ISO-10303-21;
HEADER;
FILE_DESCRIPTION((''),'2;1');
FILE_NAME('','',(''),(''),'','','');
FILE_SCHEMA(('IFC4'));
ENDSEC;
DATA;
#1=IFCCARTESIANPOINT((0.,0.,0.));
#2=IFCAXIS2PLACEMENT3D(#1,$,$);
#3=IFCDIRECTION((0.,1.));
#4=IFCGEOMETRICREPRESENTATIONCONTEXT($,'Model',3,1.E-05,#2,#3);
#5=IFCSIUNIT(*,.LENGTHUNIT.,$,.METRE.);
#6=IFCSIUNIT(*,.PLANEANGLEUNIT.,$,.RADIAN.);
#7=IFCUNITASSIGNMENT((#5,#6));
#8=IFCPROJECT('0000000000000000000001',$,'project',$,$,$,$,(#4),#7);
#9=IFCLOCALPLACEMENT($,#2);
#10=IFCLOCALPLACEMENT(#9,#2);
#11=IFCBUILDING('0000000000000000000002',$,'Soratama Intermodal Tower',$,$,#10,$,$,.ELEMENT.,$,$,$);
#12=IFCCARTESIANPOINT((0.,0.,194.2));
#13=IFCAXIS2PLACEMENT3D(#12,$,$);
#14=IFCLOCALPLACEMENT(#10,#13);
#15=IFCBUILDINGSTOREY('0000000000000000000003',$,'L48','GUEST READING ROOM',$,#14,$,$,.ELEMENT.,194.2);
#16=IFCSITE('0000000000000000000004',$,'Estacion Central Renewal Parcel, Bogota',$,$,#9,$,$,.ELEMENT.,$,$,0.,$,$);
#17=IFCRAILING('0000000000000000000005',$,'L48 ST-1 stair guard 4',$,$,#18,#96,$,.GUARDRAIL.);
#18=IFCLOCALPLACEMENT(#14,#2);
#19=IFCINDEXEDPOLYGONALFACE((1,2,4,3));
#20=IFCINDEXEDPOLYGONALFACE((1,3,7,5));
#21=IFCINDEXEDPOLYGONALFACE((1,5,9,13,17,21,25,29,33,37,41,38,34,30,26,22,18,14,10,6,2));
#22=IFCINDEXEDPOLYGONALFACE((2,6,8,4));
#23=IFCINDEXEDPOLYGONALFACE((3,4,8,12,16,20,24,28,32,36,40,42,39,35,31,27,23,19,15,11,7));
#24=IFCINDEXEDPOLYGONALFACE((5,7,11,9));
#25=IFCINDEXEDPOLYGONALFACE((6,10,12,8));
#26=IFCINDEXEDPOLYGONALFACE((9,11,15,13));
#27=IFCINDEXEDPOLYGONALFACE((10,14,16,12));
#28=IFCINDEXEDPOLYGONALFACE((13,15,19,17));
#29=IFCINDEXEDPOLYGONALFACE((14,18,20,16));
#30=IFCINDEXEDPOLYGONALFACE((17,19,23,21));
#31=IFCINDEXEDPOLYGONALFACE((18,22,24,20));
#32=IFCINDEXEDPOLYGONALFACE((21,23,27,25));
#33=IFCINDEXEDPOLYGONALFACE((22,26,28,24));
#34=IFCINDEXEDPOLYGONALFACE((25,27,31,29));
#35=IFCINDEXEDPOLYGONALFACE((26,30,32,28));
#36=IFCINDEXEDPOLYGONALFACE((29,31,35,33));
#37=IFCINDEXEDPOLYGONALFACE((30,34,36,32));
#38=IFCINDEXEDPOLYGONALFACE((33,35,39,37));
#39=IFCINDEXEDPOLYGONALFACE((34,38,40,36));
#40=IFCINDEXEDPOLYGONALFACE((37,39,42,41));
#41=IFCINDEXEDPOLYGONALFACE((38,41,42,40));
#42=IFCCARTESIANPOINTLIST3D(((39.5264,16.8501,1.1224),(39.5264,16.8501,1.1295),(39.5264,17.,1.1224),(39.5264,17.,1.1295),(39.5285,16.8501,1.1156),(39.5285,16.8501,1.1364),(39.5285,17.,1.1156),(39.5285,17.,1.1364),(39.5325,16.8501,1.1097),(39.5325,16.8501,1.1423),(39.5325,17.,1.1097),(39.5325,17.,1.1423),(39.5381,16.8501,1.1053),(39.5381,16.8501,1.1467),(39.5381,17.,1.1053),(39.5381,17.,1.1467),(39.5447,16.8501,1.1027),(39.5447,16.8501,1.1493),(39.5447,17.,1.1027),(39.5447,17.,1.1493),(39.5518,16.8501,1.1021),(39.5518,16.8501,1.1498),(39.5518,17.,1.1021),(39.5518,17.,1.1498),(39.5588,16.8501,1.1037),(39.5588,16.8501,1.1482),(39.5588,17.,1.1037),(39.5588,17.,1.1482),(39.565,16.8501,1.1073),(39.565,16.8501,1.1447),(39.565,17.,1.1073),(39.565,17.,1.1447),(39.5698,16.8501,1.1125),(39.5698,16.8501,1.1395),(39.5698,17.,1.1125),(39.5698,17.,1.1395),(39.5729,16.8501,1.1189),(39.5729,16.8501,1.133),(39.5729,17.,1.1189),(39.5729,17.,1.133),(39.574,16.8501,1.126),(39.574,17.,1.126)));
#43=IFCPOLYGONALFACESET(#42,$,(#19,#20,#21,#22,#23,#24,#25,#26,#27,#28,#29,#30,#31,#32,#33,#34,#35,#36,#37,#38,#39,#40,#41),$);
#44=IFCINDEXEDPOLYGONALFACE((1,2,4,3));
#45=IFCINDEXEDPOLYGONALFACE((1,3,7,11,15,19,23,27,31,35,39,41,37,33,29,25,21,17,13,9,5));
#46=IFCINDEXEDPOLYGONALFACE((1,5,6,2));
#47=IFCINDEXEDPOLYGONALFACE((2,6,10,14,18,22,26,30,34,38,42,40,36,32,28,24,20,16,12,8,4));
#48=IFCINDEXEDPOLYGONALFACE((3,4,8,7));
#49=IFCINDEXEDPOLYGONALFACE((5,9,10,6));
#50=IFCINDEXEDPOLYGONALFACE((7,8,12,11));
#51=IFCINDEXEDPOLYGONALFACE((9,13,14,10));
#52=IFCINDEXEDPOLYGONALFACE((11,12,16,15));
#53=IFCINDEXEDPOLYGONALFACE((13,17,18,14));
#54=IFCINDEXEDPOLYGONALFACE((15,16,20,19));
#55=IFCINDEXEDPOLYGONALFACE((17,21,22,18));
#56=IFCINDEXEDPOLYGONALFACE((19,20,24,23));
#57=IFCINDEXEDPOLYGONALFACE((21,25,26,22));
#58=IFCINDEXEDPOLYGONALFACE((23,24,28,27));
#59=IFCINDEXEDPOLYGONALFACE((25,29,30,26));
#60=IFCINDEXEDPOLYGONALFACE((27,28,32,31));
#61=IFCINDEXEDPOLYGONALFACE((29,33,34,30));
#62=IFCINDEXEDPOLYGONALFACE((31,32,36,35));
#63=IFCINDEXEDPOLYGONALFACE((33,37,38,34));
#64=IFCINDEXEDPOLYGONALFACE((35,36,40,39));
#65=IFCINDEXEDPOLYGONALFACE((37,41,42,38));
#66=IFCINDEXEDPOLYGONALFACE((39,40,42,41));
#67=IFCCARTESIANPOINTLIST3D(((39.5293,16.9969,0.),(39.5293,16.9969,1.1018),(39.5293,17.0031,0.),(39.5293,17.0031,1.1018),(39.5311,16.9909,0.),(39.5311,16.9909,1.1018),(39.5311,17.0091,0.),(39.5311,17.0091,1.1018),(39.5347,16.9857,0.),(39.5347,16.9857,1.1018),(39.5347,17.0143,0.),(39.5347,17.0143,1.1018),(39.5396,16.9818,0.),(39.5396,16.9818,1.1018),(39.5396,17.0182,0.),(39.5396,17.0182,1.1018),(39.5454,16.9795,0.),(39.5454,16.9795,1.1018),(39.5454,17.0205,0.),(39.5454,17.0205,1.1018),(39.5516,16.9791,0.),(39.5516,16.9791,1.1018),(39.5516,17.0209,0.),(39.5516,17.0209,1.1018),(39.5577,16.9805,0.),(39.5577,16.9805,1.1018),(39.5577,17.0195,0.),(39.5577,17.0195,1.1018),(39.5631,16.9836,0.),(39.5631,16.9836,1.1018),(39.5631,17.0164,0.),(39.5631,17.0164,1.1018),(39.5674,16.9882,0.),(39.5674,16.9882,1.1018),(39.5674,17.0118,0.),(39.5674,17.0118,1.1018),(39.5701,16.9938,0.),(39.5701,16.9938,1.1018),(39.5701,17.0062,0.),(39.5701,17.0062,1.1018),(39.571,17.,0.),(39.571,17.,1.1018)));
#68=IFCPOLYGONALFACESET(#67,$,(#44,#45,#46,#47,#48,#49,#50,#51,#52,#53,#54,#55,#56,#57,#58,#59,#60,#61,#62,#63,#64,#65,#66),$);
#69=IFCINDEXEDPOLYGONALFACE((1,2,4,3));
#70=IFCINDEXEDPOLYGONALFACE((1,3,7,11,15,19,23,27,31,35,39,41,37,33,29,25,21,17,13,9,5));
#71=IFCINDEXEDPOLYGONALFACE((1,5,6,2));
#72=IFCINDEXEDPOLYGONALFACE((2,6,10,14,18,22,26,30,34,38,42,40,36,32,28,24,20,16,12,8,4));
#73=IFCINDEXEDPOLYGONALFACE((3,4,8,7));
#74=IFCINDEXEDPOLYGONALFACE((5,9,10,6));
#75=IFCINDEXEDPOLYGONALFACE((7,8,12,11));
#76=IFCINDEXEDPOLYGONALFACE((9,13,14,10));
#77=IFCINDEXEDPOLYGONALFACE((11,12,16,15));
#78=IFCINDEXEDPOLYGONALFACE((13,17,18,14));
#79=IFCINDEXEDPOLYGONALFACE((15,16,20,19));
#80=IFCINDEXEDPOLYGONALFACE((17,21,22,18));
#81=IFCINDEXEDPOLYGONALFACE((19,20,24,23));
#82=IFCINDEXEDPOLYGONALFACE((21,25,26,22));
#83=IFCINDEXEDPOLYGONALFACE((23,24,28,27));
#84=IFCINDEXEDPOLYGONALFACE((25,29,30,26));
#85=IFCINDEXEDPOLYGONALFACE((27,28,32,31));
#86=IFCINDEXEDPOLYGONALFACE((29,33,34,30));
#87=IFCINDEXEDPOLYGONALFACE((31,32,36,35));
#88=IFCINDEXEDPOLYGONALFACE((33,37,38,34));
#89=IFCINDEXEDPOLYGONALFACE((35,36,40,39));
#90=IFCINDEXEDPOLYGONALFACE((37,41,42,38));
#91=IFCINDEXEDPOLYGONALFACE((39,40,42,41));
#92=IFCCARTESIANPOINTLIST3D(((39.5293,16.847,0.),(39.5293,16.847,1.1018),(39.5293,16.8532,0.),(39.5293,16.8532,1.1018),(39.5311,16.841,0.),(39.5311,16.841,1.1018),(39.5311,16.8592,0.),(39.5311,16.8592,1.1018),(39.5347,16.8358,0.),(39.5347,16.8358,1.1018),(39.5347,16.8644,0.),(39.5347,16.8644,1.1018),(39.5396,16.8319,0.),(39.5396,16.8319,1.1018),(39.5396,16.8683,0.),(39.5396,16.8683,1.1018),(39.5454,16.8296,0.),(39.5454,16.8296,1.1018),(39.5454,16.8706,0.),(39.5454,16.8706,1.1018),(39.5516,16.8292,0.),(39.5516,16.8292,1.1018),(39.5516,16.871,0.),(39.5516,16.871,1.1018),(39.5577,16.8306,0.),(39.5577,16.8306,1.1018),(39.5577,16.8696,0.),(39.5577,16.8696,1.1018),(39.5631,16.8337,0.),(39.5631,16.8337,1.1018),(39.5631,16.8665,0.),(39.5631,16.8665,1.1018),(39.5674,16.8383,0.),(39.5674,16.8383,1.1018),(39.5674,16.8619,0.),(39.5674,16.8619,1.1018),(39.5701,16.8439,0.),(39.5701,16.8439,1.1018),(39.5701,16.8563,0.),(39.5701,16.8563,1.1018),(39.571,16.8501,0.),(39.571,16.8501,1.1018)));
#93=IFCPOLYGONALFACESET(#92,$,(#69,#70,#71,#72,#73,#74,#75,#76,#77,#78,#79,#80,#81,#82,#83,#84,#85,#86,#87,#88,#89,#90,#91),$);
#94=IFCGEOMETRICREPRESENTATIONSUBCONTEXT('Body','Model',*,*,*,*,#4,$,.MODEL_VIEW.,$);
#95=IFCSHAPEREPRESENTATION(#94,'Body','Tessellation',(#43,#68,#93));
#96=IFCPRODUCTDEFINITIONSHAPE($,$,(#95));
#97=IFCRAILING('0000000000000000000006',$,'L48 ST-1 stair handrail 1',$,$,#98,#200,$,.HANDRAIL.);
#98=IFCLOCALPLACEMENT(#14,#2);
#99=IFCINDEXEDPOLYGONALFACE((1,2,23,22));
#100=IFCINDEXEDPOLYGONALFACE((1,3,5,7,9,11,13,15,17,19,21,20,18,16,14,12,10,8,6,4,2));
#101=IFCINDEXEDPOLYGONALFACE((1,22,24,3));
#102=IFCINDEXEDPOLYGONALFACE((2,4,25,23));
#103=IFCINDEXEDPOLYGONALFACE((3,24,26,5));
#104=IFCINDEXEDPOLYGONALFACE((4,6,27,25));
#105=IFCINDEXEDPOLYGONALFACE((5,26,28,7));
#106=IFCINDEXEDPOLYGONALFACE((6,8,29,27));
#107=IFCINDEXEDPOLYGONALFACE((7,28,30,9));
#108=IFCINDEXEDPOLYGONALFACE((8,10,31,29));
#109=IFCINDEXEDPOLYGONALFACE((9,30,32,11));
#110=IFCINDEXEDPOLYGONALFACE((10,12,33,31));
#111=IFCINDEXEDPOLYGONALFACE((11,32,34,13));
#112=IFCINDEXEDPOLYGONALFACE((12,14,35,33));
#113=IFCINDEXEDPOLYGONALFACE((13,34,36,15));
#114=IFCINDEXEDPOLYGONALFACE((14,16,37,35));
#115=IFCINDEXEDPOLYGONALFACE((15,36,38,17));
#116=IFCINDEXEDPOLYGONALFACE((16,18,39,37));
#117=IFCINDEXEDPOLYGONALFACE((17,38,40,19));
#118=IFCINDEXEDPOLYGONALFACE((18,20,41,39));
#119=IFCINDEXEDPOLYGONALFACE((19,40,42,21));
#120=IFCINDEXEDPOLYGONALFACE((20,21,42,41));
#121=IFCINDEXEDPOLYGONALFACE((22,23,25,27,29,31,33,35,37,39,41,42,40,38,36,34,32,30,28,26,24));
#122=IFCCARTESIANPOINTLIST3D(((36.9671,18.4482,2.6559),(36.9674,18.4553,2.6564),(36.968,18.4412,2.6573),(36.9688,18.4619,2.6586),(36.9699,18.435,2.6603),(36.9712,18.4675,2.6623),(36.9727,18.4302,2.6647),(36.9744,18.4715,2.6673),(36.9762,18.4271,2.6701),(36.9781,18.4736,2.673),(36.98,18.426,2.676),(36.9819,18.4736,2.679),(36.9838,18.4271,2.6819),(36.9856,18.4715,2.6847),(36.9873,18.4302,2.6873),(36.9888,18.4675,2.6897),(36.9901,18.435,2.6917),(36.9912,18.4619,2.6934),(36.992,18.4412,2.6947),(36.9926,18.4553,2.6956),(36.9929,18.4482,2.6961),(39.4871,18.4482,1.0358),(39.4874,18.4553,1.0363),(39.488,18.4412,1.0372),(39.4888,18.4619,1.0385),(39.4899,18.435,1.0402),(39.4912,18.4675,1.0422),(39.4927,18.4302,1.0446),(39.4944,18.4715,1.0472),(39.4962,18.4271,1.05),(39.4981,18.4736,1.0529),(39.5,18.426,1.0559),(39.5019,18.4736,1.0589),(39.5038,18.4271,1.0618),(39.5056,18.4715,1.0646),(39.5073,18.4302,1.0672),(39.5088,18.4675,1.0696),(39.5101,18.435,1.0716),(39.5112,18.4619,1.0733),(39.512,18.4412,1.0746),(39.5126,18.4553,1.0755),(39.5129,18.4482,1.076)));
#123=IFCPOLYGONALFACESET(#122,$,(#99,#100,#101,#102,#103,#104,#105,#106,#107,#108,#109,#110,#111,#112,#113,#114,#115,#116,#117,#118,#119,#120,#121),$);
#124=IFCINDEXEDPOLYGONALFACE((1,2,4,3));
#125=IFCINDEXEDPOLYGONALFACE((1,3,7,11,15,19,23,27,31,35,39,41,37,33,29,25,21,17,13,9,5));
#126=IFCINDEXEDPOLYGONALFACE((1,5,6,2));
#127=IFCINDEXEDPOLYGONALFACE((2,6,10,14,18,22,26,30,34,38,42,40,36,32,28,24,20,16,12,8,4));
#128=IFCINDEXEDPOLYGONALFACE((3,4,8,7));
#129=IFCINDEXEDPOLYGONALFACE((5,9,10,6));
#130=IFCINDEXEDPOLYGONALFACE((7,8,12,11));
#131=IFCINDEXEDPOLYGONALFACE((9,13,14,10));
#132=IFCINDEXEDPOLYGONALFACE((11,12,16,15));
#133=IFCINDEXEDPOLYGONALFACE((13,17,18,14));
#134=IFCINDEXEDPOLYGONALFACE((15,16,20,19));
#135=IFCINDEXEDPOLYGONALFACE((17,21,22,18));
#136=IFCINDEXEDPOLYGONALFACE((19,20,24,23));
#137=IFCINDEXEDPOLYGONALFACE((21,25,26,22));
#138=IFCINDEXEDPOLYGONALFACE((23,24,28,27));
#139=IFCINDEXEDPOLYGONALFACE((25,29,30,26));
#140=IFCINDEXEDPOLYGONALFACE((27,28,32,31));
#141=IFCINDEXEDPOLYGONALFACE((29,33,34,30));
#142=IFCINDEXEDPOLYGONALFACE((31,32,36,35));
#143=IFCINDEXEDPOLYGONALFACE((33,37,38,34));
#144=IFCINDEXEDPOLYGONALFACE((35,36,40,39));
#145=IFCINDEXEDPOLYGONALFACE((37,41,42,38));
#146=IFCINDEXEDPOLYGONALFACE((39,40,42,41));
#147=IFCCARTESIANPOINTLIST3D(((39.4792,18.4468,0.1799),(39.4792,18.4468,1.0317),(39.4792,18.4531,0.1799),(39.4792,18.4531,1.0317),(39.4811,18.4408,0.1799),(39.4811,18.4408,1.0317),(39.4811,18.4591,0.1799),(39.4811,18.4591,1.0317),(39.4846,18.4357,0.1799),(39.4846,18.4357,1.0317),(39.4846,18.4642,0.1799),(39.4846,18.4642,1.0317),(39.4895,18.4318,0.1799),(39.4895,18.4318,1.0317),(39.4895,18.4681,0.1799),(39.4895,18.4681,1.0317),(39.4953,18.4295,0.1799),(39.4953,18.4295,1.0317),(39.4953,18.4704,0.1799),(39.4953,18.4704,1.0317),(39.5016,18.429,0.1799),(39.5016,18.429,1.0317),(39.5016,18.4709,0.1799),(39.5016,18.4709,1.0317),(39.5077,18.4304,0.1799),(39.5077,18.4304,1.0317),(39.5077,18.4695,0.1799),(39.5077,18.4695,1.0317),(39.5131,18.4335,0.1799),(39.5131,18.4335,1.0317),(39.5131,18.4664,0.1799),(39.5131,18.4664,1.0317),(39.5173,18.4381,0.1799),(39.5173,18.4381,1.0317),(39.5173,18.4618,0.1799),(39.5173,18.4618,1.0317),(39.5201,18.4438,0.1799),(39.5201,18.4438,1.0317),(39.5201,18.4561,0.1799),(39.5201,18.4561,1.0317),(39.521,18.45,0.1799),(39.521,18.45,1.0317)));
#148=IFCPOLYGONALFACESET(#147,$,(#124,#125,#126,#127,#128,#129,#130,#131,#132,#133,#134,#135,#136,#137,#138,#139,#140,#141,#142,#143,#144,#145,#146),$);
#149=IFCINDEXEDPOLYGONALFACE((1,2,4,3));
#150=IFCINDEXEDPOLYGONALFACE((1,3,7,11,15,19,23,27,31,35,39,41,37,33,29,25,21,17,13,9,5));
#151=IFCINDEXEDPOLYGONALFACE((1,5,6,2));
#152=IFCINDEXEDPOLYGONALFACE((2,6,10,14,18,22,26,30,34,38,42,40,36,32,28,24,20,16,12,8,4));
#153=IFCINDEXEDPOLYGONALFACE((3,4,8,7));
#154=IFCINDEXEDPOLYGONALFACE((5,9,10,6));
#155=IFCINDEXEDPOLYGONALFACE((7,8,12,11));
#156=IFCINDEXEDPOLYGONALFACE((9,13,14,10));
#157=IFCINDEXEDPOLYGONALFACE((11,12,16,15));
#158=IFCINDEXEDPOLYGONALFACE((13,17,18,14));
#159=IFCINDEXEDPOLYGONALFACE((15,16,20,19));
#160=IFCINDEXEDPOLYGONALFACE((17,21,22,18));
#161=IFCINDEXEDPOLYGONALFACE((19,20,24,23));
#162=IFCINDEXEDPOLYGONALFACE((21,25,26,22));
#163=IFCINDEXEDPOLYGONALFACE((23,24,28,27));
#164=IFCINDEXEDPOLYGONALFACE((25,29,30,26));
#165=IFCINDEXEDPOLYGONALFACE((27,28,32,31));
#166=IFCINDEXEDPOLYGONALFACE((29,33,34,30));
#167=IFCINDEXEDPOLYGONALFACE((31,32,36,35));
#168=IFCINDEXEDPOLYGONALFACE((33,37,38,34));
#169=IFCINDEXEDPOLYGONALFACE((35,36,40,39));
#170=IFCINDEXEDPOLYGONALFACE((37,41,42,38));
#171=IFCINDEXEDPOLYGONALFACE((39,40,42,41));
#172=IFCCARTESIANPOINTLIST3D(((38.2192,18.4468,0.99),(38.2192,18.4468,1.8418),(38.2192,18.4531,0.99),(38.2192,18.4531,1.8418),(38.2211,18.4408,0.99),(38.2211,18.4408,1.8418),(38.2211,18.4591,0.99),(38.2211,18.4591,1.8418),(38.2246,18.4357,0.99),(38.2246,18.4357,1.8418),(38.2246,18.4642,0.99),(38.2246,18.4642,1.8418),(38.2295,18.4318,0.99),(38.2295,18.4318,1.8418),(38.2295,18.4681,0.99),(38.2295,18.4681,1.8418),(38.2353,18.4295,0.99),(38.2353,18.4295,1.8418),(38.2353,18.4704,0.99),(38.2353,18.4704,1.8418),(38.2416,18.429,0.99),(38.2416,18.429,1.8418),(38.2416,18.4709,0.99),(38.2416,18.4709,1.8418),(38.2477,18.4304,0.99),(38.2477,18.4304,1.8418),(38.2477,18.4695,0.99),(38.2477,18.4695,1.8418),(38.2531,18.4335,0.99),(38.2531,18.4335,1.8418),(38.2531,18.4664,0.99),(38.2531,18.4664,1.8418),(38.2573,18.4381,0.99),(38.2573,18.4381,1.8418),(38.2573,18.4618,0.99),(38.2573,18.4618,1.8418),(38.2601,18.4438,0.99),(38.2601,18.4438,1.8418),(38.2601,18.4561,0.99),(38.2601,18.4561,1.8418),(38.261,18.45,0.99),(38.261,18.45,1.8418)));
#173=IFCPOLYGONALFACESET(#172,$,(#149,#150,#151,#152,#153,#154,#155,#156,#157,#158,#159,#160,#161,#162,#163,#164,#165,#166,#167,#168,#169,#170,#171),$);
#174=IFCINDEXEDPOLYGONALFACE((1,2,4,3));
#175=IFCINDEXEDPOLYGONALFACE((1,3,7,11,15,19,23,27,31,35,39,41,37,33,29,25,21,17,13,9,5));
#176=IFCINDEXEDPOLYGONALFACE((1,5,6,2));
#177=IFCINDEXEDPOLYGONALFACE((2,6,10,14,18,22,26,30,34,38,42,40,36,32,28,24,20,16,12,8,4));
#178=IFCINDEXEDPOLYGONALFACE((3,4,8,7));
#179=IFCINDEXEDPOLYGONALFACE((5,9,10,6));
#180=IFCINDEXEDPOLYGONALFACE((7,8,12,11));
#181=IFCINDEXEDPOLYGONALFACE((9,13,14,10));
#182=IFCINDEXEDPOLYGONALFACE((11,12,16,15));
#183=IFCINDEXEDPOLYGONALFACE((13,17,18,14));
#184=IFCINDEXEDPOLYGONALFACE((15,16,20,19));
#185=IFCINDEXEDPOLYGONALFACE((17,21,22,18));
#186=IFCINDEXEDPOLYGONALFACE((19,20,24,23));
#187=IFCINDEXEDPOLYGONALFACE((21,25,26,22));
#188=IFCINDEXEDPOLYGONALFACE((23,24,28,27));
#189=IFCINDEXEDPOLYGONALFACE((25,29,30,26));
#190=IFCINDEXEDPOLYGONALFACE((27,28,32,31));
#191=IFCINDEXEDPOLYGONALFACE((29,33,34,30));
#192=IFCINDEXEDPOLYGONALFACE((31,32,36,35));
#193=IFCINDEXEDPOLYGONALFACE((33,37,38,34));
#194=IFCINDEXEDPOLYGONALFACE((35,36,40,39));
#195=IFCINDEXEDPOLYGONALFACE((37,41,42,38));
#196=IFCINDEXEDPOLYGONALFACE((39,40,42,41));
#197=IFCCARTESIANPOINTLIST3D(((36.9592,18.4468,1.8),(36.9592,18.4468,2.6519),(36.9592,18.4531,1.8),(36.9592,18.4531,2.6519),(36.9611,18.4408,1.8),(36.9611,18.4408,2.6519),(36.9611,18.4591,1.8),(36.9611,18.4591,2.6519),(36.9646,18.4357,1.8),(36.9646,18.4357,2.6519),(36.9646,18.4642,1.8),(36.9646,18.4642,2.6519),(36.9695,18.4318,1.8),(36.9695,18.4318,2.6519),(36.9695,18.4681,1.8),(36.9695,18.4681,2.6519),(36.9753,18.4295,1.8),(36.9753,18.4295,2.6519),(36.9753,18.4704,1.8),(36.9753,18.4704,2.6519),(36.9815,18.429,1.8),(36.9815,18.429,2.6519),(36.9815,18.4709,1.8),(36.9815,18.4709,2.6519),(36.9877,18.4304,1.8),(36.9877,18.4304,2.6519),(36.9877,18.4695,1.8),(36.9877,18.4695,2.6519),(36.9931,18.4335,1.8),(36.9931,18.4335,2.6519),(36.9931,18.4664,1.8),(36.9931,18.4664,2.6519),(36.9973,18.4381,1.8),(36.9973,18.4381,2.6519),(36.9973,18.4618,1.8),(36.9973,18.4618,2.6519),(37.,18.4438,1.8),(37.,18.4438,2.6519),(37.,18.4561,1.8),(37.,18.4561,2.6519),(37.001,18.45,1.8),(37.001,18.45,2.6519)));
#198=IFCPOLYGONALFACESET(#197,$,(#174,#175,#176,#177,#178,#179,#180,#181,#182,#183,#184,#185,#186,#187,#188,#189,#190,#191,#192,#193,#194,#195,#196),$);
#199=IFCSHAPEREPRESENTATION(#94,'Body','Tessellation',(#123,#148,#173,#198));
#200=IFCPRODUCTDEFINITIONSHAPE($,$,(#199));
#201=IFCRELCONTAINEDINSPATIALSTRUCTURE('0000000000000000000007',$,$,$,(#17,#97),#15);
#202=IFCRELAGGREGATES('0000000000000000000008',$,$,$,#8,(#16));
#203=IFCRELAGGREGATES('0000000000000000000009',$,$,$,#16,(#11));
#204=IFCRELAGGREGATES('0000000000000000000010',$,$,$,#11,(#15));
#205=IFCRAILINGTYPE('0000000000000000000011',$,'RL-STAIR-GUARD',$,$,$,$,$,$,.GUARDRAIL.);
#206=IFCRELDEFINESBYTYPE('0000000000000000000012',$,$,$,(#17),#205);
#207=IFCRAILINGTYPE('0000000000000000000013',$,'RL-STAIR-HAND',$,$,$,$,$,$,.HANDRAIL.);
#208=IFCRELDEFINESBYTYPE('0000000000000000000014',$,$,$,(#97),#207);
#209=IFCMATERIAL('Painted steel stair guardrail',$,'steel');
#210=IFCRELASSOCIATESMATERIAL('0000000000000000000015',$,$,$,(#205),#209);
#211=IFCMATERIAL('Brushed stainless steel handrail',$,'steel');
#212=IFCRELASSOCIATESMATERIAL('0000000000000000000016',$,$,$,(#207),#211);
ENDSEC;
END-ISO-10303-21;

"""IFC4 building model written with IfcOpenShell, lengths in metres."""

from ifc_helpers import new_model, si_unit, direction, frame, origin, origin_2d, place, context, subcontext, project, spatial, circle, extrude, material, type_object, element, save


model = new_model("IFC4")

# Units and contexts
model_context = context("Model", 3, precision=1e-05, world=origin(), true_north=direction((0.0, 1.0)))
body_context = subcontext(model_context, "Body", "Model", "MODEL_VIEW")
ifc_project = project(units=[si_unit("LENGTHUNIT", "METRE"), si_unit("PLANEANGLEUNIT", "RADIAN")], contexts=[model_context])

# Site, building, storey
site_placement = place(None, origin())
site = spatial("IfcSite", under=ifc_project, at=site_placement, Name="Estacion Central Renewal Parcel, Bogota", CompositionType="ELEMENT", RefElevation=0.0)
building_placement = place(site_placement, origin())
building = spatial("IfcBuilding", under=site, at=building_placement, Name="Soratama Intermodal Tower", CompositionType="ELEMENT")
storey_placement = place(building_placement, frame((0.0, 0.0, 194.2)))
storey = spatial("IfcBuildingStorey", under=building, at=storey_placement, Name="L48", Description="GUEST READING ROOM", CompositionType="ELEMENT", Elevation=194.2)

# Railings
ifc_material_1 = material(Name="Painted steel stair guardrail", Category="steel")
railing_type_1 = type_object("IfcRailingType", Name="RL-STAIR-GUARD", PredefinedType="GUARDRAIL", material=ifc_material_1)
railing_1_placement = place(storey_placement, frame((39.55, 17.0, 0.0)))
element("IfcRailing", 1, at=railing_1_placement, inside=storey, type_object=railing_type_1, Name="L48 ST-1 stair guard 4", PredefinedType="GUARDRAIL", context=body_context, shape_type="SweptSolid", body=[
    extrude(circle(Radius=0.0239, at=origin_2d()), frame((0.0, 0.0, 1.126), z_axis=(0.0, -1.0, 0.0), x_axis=(1.0, 0.0, 0.0)), (0.0, 0.0, 1.0), 0.1499),
    extrude(circle(Radius=0.021, at=origin_2d()), origin(), (0.0, 0.0, 1.0), 1.1018),
    extrude(circle(Radius=0.021, at=origin_2d()), frame((0.0, -0.1499, 0.0)), (0.0, 0.0, 1.0), 1.1018),
])
ifc_material_2 = material(Name="Brushed stainless steel handrail", Category="steel")
railing_type_2 = type_object("IfcRailingType", Name="RL-STAIR-HAND", PredefinedType="HANDRAIL", material=ifc_material_2)
railing_2_placement = place(storey_placement, frame((39.5, 18.45, 0.1799)))
element("IfcRailing", 2, at=railing_2_placement, inside=storey, type_object=railing_type_2, Name="L48 ST-1 stair handrail 1", PredefinedType="HANDRAIL", context=body_context, shape_type="SweptSolid", body=[
    extrude(circle(Radius=0.0239, at=origin_2d()), frame((0.0, 0.0, 0.876), z_axis=(-0.841163, 0.0, 0.540782), x_axis=(0.0, -1.0, 0.0)), (0.0, 0.0, 1.0), 2.9958),
    extrude(circle(Radius=0.021, at=origin_2d()), origin(), (0.0, 0.0, 1.0), 0.8518),
    extrude(circle(Radius=0.021, at=origin_2d()), frame((-1.26, 0.0, 0.8101)), (0.0, 0.0, 1.0), 0.8518),
    extrude(circle(Radius=0.021, at=origin_2d()), frame((-2.52, 0.0, 1.6201)), (0.0, 0.0, 1.0), 0.8518),
])

save(model, "model.ifc")
